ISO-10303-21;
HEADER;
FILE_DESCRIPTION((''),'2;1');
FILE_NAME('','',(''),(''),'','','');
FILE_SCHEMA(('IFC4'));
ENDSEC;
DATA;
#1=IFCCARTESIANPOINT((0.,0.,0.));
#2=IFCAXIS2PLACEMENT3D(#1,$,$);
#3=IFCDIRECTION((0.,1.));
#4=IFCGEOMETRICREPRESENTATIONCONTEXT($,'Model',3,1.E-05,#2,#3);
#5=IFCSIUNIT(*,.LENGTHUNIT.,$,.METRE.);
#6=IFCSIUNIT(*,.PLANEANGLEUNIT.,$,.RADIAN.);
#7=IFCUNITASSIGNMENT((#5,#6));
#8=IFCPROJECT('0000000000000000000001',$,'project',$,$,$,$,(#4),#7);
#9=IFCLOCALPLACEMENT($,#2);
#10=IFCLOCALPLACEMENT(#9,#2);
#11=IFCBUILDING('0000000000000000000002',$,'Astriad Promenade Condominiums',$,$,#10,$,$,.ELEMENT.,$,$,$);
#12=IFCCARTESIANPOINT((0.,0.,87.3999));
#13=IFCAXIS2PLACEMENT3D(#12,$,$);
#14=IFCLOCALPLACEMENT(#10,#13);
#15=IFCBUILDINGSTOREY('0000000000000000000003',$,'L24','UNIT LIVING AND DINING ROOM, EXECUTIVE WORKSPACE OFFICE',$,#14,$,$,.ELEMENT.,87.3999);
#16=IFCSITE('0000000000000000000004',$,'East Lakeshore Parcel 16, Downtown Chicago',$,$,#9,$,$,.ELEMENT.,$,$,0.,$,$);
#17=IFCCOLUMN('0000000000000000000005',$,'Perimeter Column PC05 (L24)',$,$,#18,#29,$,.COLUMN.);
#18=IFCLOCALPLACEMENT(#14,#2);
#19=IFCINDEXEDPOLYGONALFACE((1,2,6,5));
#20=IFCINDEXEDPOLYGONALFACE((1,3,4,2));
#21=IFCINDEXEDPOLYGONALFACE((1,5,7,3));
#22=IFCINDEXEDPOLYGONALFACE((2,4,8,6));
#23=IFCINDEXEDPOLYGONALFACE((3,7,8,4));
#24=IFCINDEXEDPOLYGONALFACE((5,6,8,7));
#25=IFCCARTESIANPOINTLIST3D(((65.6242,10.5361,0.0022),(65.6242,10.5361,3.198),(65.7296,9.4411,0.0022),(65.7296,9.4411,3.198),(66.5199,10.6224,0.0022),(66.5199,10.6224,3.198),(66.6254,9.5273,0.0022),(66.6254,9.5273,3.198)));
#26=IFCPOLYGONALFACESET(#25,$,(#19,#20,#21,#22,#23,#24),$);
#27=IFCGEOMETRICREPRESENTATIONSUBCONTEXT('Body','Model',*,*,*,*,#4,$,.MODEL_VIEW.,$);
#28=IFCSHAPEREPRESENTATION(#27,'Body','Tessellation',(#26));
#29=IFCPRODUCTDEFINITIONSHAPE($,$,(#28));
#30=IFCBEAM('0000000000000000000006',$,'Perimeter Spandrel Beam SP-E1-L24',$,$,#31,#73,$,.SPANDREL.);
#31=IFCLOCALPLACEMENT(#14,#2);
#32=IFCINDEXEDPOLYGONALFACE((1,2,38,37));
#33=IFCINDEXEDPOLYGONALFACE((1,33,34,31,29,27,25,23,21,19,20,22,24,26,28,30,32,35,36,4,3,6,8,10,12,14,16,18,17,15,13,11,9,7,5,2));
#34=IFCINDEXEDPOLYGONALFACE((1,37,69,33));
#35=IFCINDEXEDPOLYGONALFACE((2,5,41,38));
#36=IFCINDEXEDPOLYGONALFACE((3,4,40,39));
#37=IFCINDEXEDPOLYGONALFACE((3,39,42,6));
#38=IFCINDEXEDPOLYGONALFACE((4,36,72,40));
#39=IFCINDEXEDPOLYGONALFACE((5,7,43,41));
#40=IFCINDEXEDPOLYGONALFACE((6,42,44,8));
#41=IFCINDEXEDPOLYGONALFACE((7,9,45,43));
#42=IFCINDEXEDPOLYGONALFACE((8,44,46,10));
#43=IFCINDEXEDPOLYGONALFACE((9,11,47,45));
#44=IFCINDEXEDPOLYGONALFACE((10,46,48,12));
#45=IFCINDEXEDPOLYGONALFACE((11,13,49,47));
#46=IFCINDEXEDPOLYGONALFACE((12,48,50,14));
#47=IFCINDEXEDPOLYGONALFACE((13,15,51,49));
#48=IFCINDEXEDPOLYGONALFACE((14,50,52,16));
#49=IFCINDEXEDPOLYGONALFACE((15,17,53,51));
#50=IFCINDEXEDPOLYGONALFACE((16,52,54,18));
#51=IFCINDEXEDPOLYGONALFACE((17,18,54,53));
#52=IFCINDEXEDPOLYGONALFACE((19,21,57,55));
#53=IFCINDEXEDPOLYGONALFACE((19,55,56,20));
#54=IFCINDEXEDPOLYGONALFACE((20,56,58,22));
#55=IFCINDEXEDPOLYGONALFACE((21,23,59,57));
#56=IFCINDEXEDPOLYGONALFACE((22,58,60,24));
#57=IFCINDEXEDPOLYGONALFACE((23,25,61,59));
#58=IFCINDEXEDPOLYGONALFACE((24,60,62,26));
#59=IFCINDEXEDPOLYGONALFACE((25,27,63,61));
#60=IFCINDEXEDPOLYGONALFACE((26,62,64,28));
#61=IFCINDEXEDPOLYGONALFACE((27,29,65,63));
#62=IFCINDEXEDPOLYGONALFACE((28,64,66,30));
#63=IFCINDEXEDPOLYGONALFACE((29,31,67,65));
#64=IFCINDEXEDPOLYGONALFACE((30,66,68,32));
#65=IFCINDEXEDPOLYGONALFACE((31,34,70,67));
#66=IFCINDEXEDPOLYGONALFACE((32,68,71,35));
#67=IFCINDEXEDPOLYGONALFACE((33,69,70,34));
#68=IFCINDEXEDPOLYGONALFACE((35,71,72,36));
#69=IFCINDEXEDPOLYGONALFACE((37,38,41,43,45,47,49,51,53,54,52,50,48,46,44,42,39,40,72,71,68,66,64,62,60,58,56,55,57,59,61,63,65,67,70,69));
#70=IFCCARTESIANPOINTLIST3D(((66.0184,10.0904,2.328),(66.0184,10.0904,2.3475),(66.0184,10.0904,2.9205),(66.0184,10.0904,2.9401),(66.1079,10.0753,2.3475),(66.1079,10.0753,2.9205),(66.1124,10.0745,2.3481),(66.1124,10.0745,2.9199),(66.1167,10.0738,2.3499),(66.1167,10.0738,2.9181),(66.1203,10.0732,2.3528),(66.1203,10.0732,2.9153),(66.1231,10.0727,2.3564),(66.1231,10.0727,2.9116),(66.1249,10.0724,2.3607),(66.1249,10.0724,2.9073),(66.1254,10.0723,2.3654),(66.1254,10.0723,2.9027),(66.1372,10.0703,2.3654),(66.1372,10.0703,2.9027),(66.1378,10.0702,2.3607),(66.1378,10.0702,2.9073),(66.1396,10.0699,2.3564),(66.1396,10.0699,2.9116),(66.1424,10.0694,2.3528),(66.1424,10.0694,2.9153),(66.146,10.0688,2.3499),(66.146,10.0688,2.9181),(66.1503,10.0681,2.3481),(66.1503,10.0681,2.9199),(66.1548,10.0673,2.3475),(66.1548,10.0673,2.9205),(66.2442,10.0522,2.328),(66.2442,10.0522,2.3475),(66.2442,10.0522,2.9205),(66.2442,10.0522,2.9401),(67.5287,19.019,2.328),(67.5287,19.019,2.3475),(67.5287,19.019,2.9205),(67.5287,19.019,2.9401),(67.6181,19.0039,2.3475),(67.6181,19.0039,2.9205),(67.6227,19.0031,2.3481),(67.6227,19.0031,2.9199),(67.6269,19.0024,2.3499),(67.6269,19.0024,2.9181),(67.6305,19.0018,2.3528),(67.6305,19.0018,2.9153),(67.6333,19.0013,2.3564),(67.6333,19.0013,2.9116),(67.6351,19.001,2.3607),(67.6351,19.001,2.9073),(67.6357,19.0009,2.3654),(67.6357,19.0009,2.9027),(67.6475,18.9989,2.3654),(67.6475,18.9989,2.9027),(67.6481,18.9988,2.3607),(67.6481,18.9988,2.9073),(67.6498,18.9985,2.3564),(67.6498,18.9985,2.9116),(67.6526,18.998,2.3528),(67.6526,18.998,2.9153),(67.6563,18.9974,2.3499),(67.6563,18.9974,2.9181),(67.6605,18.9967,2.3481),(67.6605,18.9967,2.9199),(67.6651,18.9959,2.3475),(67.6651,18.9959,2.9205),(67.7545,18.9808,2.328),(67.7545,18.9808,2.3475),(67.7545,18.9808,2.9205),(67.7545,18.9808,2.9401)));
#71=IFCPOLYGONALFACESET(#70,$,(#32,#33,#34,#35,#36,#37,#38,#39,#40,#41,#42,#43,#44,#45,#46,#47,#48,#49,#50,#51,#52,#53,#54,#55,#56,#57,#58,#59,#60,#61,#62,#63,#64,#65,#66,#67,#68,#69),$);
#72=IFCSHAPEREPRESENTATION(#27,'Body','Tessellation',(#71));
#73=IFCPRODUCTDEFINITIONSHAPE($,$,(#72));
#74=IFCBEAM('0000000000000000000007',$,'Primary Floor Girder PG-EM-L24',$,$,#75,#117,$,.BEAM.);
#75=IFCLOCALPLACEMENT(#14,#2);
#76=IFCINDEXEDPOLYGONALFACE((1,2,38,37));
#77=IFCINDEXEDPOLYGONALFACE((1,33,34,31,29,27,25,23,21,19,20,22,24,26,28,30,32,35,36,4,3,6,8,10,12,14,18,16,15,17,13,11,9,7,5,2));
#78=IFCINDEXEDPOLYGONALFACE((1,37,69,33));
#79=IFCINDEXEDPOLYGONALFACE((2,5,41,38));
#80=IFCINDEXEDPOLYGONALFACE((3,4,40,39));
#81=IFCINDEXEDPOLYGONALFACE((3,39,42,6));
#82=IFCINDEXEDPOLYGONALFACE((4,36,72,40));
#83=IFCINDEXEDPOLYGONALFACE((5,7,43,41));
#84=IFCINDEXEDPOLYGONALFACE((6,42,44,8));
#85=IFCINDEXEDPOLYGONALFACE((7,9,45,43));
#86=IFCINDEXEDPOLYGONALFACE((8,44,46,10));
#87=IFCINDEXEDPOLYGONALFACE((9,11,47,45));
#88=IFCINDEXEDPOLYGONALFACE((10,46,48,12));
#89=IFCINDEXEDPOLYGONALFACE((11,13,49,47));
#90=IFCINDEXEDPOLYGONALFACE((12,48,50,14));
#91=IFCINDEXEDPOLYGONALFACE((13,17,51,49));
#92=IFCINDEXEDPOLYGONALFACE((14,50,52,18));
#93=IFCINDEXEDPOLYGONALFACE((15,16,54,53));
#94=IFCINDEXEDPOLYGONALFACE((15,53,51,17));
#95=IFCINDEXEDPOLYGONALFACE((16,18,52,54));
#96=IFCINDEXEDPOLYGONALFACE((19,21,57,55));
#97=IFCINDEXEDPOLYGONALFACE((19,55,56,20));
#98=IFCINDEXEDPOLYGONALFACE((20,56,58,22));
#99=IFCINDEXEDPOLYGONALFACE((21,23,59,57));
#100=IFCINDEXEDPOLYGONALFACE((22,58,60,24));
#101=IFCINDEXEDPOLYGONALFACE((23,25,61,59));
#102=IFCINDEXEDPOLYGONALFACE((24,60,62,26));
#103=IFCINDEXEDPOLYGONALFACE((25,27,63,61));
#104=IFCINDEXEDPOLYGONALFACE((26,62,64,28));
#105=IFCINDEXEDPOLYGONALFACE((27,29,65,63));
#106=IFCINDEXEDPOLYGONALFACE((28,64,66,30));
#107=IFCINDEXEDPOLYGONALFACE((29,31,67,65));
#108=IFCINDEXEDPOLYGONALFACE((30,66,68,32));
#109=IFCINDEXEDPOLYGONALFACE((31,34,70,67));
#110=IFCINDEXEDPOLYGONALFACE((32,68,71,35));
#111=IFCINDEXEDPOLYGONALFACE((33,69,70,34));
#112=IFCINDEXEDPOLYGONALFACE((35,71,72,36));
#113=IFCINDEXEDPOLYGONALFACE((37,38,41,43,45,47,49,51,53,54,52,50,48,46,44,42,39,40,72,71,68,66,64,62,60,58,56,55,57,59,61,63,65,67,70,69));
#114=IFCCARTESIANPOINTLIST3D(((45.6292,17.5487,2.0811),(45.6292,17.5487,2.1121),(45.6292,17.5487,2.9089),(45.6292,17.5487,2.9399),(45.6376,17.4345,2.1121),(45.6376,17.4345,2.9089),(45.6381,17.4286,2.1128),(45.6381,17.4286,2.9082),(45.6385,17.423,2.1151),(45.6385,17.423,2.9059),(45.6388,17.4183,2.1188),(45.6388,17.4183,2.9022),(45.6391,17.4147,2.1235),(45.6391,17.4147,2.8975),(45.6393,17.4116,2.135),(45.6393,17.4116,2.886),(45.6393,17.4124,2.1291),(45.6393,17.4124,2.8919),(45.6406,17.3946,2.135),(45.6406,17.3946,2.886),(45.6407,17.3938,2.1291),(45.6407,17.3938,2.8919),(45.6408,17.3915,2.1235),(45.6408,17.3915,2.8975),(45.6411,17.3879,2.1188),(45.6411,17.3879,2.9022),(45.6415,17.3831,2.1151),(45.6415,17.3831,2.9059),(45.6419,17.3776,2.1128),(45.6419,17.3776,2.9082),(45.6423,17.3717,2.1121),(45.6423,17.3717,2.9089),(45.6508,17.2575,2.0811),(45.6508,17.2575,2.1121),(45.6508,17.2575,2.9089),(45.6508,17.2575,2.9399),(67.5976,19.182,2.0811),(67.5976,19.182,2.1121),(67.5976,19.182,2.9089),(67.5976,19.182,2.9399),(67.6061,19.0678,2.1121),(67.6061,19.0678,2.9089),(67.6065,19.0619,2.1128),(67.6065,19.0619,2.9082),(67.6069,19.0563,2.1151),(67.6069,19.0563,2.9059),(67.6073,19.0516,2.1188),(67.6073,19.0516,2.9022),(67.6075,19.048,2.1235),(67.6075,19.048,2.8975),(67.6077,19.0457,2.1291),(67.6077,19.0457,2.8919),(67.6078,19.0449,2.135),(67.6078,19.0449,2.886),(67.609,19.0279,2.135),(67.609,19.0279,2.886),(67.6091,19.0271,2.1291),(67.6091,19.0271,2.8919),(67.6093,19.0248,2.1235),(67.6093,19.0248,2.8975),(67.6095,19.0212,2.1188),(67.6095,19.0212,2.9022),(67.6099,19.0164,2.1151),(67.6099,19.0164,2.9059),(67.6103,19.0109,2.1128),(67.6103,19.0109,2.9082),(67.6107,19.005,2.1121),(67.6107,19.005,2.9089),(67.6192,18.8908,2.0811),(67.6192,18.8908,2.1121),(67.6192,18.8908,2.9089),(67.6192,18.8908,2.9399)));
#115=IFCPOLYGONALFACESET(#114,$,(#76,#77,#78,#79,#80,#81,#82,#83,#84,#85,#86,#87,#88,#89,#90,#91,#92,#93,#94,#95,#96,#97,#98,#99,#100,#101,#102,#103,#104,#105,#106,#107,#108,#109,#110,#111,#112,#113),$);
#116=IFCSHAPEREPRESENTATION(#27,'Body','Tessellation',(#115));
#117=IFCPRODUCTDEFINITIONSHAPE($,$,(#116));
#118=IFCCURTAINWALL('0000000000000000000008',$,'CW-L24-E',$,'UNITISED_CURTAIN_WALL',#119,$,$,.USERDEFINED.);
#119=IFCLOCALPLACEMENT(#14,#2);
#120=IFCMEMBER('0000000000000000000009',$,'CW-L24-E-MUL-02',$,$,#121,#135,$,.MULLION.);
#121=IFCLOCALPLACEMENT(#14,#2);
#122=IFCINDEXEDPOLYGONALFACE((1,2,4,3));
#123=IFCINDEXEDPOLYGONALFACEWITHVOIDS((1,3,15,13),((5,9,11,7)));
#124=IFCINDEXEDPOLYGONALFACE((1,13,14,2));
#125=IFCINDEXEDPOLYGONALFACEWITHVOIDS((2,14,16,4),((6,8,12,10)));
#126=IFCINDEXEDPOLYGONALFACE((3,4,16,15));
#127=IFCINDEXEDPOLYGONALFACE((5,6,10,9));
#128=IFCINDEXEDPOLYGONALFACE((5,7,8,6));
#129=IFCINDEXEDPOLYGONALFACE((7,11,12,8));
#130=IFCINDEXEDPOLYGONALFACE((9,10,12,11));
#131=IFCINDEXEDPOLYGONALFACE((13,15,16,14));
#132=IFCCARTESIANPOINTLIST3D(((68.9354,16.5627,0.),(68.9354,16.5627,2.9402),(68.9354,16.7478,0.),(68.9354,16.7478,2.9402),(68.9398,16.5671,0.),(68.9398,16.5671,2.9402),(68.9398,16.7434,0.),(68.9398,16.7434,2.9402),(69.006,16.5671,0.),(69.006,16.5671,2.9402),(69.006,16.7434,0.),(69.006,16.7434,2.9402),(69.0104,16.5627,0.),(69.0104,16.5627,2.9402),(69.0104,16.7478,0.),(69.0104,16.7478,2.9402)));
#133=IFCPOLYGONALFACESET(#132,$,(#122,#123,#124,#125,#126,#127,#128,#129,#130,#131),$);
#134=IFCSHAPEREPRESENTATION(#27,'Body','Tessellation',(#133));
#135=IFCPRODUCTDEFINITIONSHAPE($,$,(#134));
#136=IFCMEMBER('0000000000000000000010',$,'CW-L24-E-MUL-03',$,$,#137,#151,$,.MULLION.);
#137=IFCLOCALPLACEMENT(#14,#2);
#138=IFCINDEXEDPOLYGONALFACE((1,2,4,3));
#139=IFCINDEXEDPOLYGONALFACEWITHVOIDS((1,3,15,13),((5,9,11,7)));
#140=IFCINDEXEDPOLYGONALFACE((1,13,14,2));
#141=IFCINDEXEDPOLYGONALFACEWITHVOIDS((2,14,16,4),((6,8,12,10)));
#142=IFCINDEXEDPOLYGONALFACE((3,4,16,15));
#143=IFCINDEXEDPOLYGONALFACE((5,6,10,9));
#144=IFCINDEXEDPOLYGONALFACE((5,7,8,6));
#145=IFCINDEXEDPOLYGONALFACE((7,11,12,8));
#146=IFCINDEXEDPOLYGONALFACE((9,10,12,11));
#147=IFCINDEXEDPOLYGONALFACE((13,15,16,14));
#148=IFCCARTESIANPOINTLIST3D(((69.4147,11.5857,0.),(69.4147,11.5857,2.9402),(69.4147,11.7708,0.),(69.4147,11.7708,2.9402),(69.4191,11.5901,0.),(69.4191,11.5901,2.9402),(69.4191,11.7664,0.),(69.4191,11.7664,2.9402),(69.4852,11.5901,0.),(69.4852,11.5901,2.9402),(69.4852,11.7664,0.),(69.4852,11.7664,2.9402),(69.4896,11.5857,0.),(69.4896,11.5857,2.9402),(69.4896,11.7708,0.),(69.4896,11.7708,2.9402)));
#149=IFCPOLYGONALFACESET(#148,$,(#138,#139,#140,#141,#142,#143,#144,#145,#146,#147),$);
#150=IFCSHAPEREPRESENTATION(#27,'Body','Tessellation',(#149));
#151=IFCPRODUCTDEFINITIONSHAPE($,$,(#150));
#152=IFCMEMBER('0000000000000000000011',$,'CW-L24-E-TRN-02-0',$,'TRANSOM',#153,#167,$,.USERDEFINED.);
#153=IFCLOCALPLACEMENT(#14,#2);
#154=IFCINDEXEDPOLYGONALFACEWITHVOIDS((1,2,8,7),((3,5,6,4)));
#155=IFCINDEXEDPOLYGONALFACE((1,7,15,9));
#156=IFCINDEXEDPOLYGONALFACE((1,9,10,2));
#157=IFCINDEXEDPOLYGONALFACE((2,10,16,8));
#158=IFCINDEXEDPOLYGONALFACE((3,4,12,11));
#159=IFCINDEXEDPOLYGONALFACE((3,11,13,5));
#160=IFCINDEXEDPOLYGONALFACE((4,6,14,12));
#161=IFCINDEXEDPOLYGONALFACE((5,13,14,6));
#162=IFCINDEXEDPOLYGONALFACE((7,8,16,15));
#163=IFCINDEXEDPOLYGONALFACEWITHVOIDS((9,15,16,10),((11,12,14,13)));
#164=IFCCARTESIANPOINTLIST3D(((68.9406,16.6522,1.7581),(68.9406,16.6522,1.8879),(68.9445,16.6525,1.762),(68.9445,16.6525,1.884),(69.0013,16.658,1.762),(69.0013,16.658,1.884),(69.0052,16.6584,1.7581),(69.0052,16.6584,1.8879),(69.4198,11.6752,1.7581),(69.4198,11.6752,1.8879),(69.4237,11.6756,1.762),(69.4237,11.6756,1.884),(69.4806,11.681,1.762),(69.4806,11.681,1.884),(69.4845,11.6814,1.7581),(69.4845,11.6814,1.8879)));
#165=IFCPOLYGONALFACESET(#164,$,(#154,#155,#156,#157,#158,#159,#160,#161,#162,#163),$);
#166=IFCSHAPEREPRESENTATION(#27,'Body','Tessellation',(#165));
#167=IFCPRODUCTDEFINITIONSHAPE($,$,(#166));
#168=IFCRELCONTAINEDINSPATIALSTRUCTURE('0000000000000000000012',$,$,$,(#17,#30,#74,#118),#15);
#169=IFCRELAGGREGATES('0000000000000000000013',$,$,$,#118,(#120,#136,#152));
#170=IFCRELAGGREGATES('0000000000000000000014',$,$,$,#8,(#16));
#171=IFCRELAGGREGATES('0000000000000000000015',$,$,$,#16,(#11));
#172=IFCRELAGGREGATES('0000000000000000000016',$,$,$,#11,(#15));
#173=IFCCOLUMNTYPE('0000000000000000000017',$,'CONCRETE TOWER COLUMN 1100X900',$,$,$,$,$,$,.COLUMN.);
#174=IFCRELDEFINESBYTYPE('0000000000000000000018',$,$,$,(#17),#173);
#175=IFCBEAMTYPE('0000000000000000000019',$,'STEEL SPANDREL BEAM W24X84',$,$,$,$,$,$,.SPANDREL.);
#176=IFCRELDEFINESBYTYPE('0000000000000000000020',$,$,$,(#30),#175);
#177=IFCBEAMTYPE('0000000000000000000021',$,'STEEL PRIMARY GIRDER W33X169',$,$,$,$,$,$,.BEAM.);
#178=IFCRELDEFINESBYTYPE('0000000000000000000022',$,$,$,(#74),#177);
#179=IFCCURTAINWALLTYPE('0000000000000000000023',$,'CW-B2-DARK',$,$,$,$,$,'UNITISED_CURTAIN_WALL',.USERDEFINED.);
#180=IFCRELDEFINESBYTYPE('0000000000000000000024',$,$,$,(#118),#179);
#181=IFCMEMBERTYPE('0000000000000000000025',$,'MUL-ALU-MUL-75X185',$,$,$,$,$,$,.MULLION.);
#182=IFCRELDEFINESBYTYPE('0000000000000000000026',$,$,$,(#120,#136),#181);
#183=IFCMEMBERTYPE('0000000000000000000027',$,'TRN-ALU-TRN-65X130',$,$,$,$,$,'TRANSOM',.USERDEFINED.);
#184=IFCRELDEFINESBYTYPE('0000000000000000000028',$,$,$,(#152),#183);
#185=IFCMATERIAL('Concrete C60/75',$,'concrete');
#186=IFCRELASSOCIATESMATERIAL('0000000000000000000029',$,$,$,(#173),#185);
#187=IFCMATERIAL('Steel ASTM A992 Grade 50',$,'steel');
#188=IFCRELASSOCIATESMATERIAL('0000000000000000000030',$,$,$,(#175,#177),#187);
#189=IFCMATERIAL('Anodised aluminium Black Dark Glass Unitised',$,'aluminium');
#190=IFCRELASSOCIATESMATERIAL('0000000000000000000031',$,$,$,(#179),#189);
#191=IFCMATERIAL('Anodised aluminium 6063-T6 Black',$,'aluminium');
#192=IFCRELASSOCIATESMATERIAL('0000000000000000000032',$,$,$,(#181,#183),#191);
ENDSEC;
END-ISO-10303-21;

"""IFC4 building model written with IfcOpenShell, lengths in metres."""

from ifc_helpers import new_model, si_unit, direction, frame, origin, origin_2d, place, context, subcontext, project, spatial, rectangle, hollow_rectangle, i_section, extrude, source, transform, mapped, material, material_profile, profile_set, type_object, type_shapes, element, aggregate, save


model = new_model("IFC4")

# Units and contexts
model_context = context("Model", 3, precision=1e-05, world=origin(), true_north=direction((0.0, 1.0)))
body_context = subcontext(model_context, "Body", "Model", "MODEL_VIEW")
ifc_project = project(units=[si_unit("LENGTHUNIT", "METRE"), si_unit("PLANEANGLEUNIT", "RADIAN")], contexts=[model_context])

# Site, building, storey
site_placement = place(None, origin())
site = spatial("IfcSite", under=ifc_project, at=site_placement, Name="East Lakeshore Parcel 16, Downtown Chicago", CompositionType="ELEMENT", RefElevation=0.0)
building_placement = place(site_placement, origin())
building = spatial("IfcBuilding", under=site, at=building_placement, Name="Astriad Promenade Condominiums", CompositionType="ELEMENT")
storey_placement = place(building_placement, frame((0.0, 0.0, 87.3999)))
storey = spatial("IfcBuildingStorey", under=building, at=storey_placement, Name="L24", Description="UNIT LIVING AND DINING ROOM, EXECUTIVE WORKSPACE OFFICE", CompositionType="ELEMENT", Elevation=87.3999)

# Column
ifc_material_1 = material(Name="Concrete C60/75", Category="concrete")
ifc_material_profile_1 = material_profile(ifc_material_1, rectangle(XDim=0.8999, YDim=1.1001, at=origin_2d()), Name="RC-COL-1100X900")
ifc_profile_set_1 = profile_set([ifc_material_profile_1], Name="Concrete C60/75")
column_type = type_object("IfcColumnType", Name="CONCRETE TOWER COLUMN 1100X900", PredefinedType="COLUMN", material=ifc_profile_set_1)
shared_shape_1 = source(origin(), body_context, "Body", "SweptSolid", [
    extrude(rectangle(XDim=0.8999, YDim=1.1001, at=origin_2d()), origin(), (0.0, 0.0, 1.0), 3.1958),
])
type_shapes(column_type, [shared_shape_1])
column_placement = place(storey_placement, frame((66.1248, 10.0317, 0.0022), z_axis=(0.0, 0.0, 1.0), x_axis=(0.995396, 0.095846, 0.0)))
element("IfcColumn", 1, at=column_placement, inside=storey, type_object=column_type, Name="Perimeter Column PC05 (L24)", PredefinedType="COLUMN", context=body_context, shape_type="MappedRepresentation", body=[
    mapped(shared_shape_1, transform((0.0, 0.0, 0.0), scale=1.0)),
])

# Beams
ifc_material_2 = material(Name="Steel ASTM A992 Grade 50", Category="steel")
ifc_material_profile_2 = material_profile(ifc_material_2, i_section(OverallWidth=0.229, OverallDepth=0.6121, WebThickness=0.012, FlangeThickness=0.0195, FilletRadius=0.0178, at=origin_2d()), Name="W24X84")
ifc_profile_set_2 = profile_set([ifc_material_profile_2], Name="Steel ASTM A992 Grade 50")
beam_type_1 = type_object("IfcBeamType", Name="STEEL SPANDREL BEAM W24X84", PredefinedType="SPANDREL", material=ifc_profile_set_2)
shared_shape_2 = source(origin(), body_context, "Body", "SweptSolid", [
    extrude(i_section(OverallWidth=0.229, OverallDepth=0.6121, WebThickness=0.012, FlangeThickness=0.0195, FilletRadius=0.0178, at=origin_2d()), origin(), (0.0, 0.0, 1.0), 9.0554),
])
type_shapes(beam_type_1, [shared_shape_2])
beam_1_placement = place(storey_placement, frame((66.1313, 10.0713, 2.634), z_axis=(0.166777, 0.985995, 0.0), x_axis=(-0.985995, 0.166777, 0.0)))
element("IfcBeam", 2, at=beam_1_placement, inside=storey, type_object=beam_type_1, Name="Perimeter Spandrel Beam SP-E1-L24", PredefinedType="SPANDREL", context=body_context, shape_type="MappedRepresentation", body=[
    mapped(shared_shape_2, transform((0.0, 0.0, 0.0), scale=1.0)),
])
ifc_material_profile_3 = material_profile(ifc_material_2, i_section(OverallWidth=0.292, OverallDepth=0.8589, WebThickness=0.0171, FlangeThickness=0.031, FilletRadius=0.0229, at=origin_2d()), Name="W33X169")
ifc_profile_set_3 = profile_set([ifc_material_profile_3], Name="Steel ASTM A992 Grade 50")
beam_type_2 = type_object("IfcBeamType", Name="STEEL PRIMARY GIRDER W33X169", PredefinedType="BEAM", material=ifc_profile_set_3)
shared_shape_3 = source(origin(), body_context, "Body", "SweptSolid", [
    extrude(i_section(OverallWidth=0.292, OverallDepth=0.8589, WebThickness=0.0171, FlangeThickness=0.031, FilletRadius=0.0229, at=origin_2d()), origin(), (0.0, 0.0, 1.0), 22.0291),
])
type_shapes(beam_type_2, [shared_shape_3])
beam_2_placement = place(storey_placement, frame((67.6084, 19.0364, 2.5105), z_axis=(-0.997248, -0.074143, 0.0), x_axis=(0.074143, -0.997248, 0.0)))
element("IfcBeam", 3, at=beam_2_placement, inside=storey, type_object=beam_type_2, Name="Primary Floor Girder PG-EM-L24", PredefinedType="BEAM", context=body_context, shape_type="MappedRepresentation", body=[
    mapped(shared_shape_3, transform((0.0, 0.0, 0.0), scale=1.0)),
])

# Curtain wall, members
ifc_material_3 = material(Name="Anodised aluminium Black Dark Glass Unitised", Category="aluminium")
curtain_wall_type = type_object("IfcCurtainWallType", Name="CW-B2-DARK", ElementType="UNITISED_CURTAIN_WALL", PredefinedType="USERDEFINED", material=ifc_material_3)
curtain_wall_placement = place(storey_placement, origin())
curtain_wall = element("IfcCurtainWall", 4, at=curtain_wall_placement, inside=storey, type_object=curtain_wall_type, Name="CW-L24-E", ObjectType="UNITISED_CURTAIN_WALL", PredefinedType="USERDEFINED")
ifc_material_4 = material(Name="Anodised aluminium 6063-T6 Black", Category="aluminium")
ifc_material_profile_4 = material_profile(ifc_material_4, hollow_rectangle(XDim=0.075, YDim=0.1851, WallThickness=0.0044, at=origin_2d()), Name="ALU-MUL-75X185")
ifc_profile_set_4 = profile_set([ifc_material_profile_4], Name="Anodised aluminium 6063-T6 Black")
member_type_1 = type_object("IfcMemberType", Name="MUL-ALU-MUL-75X185", PredefinedType="MULLION", material=ifc_profile_set_4)
shared_shape_4 = source(origin(), body_context, "Body", "SweptSolid", [
    extrude(hollow_rectangle(XDim=0.075, YDim=0.1851, WallThickness=0.0044, at=origin_2d()), origin(), (0.0, 0.0, 1.0), 2.9402),
])
type_shapes(member_type_1, [shared_shape_4])
member_1_placement = place(storey_placement, frame((68.9729, 16.6553, 0.0), z_axis=(0.0, 0.0, 1.0), x_axis=(1.0, 0.0, 0.0)))
member_1 = element("IfcMember", 5, at=member_1_placement, type_object=member_type_1, Name="CW-L24-E-MUL-02", PredefinedType="MULLION", context=body_context, shape_type="MappedRepresentation", body=[
    mapped(shared_shape_4, transform((0.0, 0.0, 0.0), scale=1.0)),
])
member_2_placement = place(storey_placement, frame((69.4521, 11.6782, 0.0), z_axis=(0.0, 0.0, 1.0), x_axis=(1.0, 0.0, 0.0)))
member_2 = element("IfcMember", 6, at=member_2_placement, type_object=member_type_1, Name="CW-L24-E-MUL-03", PredefinedType="MULLION", context=body_context, shape_type="MappedRepresentation", body=[
    mapped(shared_shape_4, transform((0.0, 0.0, 0.0), scale=1.0)),
])
ifc_material_profile_5 = material_profile(ifc_material_4, hollow_rectangle(XDim=0.0649, YDim=0.1299, WallThickness=0.0039, at=origin_2d()), Name="ALU-TRN-65X130")
ifc_profile_set_5 = profile_set([ifc_material_profile_5], Name="Anodised aluminium 6063-T6 Black")
member_type_2 = type_object("IfcMemberType", Name="TRN-ALU-TRN-65X130", ElementType="TRANSOM", PredefinedType="USERDEFINED", material=ifc_profile_set_5)
shared_shape_5 = source(origin(), body_context, "Body", "SweptSolid", [
    extrude(hollow_rectangle(XDim=0.0649, YDim=0.1299, WallThickness=0.0039, at=origin_2d()), origin(), (0.0, 0.0, 1.0), 5.0),
])
type_shapes(member_type_2, [shared_shape_5])
member_3_placement = place(storey_placement, frame((68.9729, 16.6553, 1.823), z_axis=(0.095848, -0.995396, 0.0), x_axis=(0.995396, 0.095848, 0.0)))
member_3 = element("IfcMember", 7, at=member_3_placement, type_object=member_type_2, Name="CW-L24-E-TRN-02-0", ObjectType="TRANSOM", PredefinedType="USERDEFINED", context=body_context, shape_type="MappedRepresentation", body=[
    mapped(shared_shape_5, transform((0.0, 0.0, 0.0), scale=1.0)),
])
aggregate(curtain_wall, [member_1, member_2, member_3])

save(model, "model.ifc")
